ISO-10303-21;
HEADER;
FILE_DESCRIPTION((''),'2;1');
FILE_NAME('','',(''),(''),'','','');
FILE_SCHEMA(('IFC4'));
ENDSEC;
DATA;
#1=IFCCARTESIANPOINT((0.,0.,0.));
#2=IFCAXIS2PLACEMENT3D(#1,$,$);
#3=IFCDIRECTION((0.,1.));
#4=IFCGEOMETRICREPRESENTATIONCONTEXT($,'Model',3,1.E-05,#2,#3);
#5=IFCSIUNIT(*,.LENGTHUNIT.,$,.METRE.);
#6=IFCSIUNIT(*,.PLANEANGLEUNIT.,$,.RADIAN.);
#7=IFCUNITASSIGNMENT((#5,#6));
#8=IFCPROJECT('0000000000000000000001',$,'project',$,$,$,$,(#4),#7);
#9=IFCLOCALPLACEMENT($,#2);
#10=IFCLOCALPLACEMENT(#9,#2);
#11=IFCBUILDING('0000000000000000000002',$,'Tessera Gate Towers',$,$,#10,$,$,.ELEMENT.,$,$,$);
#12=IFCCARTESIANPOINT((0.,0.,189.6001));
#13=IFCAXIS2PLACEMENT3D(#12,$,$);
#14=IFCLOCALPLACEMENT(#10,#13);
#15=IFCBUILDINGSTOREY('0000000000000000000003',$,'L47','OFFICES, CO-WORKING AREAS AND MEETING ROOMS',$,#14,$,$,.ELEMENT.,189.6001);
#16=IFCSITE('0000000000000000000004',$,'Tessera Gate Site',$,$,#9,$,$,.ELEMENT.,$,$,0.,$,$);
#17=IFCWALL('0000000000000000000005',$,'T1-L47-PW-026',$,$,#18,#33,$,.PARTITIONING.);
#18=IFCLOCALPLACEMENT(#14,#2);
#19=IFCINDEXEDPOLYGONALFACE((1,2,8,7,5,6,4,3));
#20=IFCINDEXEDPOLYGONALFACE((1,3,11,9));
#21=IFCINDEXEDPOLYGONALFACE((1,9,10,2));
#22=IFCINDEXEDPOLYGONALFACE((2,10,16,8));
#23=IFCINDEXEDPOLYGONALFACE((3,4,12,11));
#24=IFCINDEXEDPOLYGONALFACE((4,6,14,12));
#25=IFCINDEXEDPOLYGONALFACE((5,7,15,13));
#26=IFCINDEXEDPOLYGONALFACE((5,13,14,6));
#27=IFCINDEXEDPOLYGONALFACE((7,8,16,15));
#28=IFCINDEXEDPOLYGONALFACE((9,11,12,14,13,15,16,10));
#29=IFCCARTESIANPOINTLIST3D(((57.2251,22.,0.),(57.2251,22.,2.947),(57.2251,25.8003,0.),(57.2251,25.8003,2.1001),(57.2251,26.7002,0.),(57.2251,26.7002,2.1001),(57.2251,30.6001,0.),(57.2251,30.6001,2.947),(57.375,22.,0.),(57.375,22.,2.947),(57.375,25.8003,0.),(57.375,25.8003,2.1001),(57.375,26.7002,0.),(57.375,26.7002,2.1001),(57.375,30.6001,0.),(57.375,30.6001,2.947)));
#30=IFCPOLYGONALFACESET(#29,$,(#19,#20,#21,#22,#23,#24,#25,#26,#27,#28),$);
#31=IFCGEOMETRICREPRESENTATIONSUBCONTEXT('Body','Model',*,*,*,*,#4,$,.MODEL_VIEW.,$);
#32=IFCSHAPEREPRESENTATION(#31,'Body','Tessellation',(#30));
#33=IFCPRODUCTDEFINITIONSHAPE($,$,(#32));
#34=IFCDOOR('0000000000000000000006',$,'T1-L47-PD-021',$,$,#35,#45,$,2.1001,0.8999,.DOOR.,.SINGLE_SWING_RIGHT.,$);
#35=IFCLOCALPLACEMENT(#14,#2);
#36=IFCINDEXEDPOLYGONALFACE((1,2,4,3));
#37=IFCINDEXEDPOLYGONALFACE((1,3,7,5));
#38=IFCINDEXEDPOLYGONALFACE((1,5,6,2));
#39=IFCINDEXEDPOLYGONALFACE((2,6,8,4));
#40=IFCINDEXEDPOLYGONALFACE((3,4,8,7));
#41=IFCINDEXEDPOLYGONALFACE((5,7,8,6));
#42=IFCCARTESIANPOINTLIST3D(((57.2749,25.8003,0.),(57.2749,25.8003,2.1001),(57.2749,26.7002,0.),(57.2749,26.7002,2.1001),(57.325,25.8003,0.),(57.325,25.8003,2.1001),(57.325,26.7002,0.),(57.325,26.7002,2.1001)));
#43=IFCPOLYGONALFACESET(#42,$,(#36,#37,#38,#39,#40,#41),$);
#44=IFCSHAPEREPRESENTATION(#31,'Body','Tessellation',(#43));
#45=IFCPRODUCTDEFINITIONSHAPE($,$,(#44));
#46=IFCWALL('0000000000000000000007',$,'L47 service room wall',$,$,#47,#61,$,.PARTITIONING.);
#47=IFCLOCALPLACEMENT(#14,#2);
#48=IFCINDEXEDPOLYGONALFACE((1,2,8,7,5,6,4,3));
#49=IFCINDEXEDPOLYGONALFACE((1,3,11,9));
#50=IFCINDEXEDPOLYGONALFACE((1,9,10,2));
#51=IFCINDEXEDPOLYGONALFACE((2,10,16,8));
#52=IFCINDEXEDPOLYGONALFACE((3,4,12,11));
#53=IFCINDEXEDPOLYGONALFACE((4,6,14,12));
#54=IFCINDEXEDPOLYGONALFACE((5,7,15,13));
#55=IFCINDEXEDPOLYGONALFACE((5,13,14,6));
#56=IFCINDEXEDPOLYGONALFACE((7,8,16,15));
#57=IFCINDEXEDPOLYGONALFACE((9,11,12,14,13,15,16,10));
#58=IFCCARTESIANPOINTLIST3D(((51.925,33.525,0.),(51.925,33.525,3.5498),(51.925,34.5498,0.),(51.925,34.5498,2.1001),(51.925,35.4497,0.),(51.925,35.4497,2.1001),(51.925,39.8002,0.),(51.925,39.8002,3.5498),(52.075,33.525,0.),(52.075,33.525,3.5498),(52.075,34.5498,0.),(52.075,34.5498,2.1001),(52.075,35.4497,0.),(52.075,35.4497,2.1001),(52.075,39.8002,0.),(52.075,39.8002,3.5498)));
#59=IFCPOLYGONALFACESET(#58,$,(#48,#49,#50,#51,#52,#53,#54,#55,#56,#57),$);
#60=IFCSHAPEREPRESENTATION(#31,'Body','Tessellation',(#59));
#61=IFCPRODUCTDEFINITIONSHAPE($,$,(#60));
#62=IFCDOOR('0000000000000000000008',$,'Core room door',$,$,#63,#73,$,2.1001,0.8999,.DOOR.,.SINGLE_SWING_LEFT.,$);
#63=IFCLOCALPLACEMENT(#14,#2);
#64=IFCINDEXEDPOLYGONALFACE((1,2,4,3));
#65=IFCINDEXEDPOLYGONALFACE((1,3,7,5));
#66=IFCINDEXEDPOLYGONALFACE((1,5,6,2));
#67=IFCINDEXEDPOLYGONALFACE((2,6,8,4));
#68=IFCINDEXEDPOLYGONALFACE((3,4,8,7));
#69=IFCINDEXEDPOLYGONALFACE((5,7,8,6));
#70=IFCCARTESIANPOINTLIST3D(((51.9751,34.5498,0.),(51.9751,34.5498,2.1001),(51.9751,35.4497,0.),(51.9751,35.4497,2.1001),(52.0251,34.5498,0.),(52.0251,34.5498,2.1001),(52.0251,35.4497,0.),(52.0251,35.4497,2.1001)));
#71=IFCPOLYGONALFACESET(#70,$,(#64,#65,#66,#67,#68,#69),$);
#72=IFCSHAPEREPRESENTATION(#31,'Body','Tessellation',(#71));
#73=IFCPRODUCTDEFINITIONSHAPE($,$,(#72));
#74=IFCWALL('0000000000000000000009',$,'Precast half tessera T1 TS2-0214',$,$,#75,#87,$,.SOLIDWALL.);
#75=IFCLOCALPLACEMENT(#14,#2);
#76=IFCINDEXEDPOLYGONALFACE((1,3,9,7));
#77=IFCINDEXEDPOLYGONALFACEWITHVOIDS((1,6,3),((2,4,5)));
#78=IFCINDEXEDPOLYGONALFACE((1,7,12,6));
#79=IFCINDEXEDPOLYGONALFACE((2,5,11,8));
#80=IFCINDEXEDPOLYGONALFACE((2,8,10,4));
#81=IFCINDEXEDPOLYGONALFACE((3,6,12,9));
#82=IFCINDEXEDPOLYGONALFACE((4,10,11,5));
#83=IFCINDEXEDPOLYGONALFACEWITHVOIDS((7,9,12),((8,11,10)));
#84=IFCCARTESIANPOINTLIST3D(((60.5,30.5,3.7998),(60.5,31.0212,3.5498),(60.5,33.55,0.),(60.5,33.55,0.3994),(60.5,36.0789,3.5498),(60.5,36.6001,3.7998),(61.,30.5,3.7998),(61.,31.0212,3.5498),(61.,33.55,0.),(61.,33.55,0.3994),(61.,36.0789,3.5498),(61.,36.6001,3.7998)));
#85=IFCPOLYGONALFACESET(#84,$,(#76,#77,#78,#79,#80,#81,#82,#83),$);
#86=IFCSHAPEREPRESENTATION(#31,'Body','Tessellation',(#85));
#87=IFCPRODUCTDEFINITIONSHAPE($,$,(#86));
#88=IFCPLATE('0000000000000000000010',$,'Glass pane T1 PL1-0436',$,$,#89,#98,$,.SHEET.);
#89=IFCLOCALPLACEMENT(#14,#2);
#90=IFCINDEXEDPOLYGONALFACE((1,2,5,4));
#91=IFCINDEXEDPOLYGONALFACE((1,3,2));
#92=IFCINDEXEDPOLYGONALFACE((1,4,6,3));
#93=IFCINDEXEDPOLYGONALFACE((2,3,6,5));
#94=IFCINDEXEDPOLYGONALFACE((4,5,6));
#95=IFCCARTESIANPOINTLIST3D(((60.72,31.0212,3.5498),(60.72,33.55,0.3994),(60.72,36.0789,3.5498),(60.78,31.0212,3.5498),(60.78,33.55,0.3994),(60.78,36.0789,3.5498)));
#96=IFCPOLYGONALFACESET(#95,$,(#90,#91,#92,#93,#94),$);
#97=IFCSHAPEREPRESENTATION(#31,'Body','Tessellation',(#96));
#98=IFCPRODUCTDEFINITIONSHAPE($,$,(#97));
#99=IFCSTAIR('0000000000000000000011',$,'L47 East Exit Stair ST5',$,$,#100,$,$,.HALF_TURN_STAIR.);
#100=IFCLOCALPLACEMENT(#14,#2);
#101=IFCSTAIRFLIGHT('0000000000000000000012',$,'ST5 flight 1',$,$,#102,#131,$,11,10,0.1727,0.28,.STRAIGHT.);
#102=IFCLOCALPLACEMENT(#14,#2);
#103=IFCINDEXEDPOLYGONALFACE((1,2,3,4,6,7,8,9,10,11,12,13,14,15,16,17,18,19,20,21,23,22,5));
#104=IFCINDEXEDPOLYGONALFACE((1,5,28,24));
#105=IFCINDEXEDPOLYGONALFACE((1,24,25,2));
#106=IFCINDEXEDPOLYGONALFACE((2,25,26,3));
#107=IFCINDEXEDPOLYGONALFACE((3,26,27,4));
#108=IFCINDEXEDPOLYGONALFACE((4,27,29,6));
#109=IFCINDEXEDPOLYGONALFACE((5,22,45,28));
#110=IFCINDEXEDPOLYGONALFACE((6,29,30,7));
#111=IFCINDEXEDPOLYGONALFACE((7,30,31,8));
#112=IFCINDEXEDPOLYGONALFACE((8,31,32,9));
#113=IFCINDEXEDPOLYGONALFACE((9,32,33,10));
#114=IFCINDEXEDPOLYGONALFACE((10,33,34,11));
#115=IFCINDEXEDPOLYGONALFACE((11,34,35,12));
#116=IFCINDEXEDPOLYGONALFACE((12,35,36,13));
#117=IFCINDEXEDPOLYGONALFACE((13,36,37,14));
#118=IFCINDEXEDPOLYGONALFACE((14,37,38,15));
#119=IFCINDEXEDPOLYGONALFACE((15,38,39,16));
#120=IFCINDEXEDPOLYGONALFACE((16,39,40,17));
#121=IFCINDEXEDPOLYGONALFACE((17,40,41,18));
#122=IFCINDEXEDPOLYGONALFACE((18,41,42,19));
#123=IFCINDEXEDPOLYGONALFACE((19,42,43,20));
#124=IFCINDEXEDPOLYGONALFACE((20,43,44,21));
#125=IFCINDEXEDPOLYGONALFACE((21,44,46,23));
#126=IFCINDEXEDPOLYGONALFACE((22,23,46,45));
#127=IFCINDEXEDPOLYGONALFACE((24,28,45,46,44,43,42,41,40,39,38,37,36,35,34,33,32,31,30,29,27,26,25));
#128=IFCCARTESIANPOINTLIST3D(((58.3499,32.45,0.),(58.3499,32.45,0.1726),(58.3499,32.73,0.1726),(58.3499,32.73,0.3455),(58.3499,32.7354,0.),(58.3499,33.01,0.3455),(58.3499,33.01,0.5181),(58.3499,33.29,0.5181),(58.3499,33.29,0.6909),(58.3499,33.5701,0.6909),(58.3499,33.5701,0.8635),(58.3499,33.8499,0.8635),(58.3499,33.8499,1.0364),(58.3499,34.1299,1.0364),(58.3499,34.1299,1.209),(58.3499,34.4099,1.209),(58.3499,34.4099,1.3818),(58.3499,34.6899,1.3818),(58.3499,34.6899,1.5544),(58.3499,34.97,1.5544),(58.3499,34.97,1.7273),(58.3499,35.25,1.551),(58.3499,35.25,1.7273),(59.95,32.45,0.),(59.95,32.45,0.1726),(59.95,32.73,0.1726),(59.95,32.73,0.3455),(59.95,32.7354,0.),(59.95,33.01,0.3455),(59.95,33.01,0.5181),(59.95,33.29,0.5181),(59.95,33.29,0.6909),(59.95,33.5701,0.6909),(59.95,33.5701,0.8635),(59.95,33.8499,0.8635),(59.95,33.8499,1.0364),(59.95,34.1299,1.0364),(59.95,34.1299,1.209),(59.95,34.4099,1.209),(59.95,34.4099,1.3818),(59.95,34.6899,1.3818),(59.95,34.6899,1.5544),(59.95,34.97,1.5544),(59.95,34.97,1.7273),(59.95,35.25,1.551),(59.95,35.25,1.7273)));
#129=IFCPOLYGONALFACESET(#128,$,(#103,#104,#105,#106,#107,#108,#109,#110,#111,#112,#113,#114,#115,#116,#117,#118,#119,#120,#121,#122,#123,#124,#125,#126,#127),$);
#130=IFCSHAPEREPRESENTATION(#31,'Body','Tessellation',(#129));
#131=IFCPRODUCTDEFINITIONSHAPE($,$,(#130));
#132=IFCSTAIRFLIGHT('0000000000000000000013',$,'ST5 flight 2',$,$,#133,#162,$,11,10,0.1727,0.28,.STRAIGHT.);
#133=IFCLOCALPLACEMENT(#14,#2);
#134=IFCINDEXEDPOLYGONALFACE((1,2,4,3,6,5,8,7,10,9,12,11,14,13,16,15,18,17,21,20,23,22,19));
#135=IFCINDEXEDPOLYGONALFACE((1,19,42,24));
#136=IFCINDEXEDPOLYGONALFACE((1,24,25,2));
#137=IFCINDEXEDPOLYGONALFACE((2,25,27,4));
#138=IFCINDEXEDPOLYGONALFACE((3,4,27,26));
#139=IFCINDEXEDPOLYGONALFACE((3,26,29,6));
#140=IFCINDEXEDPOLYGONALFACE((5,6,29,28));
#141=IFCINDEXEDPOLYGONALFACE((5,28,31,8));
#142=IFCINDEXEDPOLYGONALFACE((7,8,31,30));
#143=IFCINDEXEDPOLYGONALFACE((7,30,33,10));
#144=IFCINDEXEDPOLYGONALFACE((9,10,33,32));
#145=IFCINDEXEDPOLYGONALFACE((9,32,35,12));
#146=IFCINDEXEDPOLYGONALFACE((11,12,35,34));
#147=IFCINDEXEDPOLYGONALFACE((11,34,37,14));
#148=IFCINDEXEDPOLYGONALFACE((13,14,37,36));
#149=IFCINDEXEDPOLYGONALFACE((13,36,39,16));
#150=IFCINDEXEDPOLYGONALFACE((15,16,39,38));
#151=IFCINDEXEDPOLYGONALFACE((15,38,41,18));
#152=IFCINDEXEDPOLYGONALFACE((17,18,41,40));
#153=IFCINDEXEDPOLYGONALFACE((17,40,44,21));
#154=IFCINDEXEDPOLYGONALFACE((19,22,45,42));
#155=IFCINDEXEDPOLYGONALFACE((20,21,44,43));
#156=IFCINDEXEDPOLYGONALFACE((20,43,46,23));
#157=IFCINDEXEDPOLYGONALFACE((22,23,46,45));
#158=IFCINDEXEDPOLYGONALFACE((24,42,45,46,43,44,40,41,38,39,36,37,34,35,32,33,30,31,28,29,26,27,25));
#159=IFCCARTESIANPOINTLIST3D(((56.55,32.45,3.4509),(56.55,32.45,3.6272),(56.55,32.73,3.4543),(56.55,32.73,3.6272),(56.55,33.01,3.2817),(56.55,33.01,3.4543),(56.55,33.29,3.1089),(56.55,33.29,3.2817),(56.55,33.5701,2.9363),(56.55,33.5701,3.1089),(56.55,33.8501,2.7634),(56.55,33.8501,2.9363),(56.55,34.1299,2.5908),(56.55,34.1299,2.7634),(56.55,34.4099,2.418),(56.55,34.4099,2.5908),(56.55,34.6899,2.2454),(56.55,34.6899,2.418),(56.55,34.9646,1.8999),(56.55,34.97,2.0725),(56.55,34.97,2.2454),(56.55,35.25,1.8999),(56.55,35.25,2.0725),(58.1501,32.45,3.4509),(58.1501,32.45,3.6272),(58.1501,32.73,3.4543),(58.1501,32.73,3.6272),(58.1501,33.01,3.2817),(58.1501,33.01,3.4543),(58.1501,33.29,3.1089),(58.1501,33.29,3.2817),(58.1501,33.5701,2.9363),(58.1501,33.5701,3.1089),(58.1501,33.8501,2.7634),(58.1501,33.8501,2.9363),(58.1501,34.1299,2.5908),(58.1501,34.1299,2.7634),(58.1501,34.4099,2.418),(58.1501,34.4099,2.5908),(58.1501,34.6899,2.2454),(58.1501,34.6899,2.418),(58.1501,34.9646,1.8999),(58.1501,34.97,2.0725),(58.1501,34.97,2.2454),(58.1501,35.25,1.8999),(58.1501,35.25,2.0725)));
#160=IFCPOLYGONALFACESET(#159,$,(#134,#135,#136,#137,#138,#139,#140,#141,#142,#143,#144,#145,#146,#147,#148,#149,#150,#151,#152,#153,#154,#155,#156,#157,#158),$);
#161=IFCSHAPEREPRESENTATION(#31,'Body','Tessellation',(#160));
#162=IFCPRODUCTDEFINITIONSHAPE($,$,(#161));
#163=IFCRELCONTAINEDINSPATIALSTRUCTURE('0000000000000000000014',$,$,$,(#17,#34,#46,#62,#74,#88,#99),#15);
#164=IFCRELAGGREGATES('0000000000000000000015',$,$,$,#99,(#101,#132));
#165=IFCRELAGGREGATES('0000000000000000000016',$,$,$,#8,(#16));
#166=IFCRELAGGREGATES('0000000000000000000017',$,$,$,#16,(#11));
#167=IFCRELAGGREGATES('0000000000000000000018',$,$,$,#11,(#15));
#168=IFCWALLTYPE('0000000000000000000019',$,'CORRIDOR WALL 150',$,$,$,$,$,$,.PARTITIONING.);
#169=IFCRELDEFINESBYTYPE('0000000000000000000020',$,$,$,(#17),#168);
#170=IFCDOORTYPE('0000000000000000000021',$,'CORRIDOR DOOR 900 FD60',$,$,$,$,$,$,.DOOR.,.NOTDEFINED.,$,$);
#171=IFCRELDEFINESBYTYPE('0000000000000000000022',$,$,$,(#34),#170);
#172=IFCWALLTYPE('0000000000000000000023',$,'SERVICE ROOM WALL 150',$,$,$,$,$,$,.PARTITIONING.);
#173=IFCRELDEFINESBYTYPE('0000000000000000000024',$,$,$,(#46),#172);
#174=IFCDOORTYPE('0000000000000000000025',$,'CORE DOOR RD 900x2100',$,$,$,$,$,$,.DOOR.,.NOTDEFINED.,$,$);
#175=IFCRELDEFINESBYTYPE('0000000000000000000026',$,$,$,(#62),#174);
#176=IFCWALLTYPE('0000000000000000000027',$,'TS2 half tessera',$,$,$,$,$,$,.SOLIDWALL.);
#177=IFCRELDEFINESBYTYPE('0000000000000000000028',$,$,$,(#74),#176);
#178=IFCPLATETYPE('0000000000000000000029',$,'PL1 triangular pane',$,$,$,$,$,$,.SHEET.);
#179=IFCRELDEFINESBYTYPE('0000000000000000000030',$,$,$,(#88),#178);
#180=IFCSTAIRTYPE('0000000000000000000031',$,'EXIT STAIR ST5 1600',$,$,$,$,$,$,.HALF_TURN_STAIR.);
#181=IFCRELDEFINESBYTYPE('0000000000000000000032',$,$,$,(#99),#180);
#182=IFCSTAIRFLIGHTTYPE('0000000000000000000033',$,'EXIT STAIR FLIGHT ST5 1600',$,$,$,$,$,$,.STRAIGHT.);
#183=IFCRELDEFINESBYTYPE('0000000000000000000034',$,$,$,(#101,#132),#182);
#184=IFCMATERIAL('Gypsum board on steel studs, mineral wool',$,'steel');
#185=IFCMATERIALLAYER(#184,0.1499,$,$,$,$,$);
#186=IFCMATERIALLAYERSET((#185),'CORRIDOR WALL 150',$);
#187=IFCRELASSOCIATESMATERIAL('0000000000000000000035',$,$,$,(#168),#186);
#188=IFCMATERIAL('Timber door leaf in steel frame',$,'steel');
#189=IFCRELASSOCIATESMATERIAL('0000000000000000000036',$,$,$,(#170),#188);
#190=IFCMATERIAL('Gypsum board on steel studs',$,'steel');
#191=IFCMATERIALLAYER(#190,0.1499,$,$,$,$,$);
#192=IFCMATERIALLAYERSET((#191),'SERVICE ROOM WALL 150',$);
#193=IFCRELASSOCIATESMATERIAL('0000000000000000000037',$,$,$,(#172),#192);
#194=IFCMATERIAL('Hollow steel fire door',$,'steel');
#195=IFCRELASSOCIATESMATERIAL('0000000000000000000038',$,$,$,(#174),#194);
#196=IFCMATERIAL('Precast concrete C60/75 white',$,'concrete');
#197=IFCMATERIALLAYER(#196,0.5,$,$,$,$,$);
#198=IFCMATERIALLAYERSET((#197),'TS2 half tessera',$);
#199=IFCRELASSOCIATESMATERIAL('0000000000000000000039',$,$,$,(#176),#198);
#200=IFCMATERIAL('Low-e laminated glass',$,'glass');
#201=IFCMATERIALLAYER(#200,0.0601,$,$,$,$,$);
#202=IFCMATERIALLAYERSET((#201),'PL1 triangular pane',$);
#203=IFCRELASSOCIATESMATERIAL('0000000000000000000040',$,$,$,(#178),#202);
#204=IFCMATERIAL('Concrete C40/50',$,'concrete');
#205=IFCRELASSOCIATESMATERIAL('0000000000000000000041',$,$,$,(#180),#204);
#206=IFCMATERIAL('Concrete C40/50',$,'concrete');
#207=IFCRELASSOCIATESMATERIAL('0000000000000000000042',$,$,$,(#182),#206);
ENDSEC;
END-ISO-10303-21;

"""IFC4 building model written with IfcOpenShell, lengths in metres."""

from ifc_helpers import new_model, si_unit, direction, frame, frame_2d, origin, place, context, subcontext, project, spatial, polyline, rectangle, outline, extrude, source, transform, mapped, material, layer, layer_set, type_object, element, fill, aggregate, save


model = new_model("IFC4")

# Units and contexts
model_context = context("Model", 3, precision=1e-05, world=origin(), true_north=direction((0.0, 1.0)))
body_context = subcontext(model_context, "Body", "Model", "MODEL_VIEW")
ifc_project = project(units=[si_unit("LENGTHUNIT", "METRE"), si_unit("PLANEANGLEUNIT", "RADIAN")], contexts=[model_context])

# Site, building, storey
site_placement = place(None, origin())
site = spatial("IfcSite", under=ifc_project, at=site_placement, Name="Tessera Gate Site", CompositionType="ELEMENT", RefElevation=0.0)
building_placement = place(site_placement, origin())
building = spatial("IfcBuilding", under=site, at=building_placement, Name="Tessera Gate Towers", CompositionType="ELEMENT")
storey_placement = place(building_placement, frame((0.0, 0.0, 189.6001)))
storey = spatial("IfcBuildingStorey", under=building, at=storey_placement, Name="L47", Description="OFFICES, CO-WORKING AREAS AND MEETING ROOMS", CompositionType="ELEMENT", Elevation=189.6001)

# Walls, openings, doors
ifc_material_1 = material(Name="Gypsum board on steel studs, mineral wool", Category="steel")
ifc_layer_1 = layer(ifc_material_1, 0.1499)
ifc_layer_set_1 = layer_set([ifc_layer_1], Name="CORRIDOR WALL 150")
wall_type_1 = type_object("IfcWallType", Name="CORRIDOR WALL 150", PredefinedType="PARTITIONING", material=ifc_layer_set_1)
wall_1_placement = place(storey_placement, frame((57.3, 30.6001, 0.0), z_axis=(0.0, 0.0, 1.0), x_axis=(0.0, -1.0, 0.0)))
wall_1 = element("IfcWall", 1, at=wall_1_placement, inside=storey, type_object=wall_type_1, Name="T1-L47-PW-026", PredefinedType="PARTITIONING", context=body_context, shape_type="SweptSolid", body=[
    extrude(rectangle(XDim=8.6001, YDim=0.1499, at=frame_2d((4.3, 0.0))), origin(), (0.0, 0.0, 1.0), 2.947),
])
shared_shape_1 = source(origin(), body_context, "Body", "SweptSolid", [
    extrude(rectangle(XDim=0.8999, YDim=2.1001, at=frame_2d((0.45, 1.05))), frame((0.0, 0.085, 0.0), z_axis=(0.0, -1.0, 0.0), x_axis=(1.0, 0.0, 0.0)), (0.0, 0.0, 1.0), 0.1699),
])
opening_1_placement = place(wall_1_placement, frame((3.8999, 0.0, 0.0)))
opening_1 = element("IfcOpeningElement", 2, at=opening_1_placement, cuts=wall_1, PredefinedType="OPENING", context=body_context, shape_type="MappedRepresentation", body=[
    mapped(shared_shape_1, transform((0.0, 0.0, 0.0), scale=1.0)),
])
ifc_material_2 = material(Name="Timber door leaf in steel frame", Category="steel")
door_type_1 = type_object("IfcDoorType", Name="CORRIDOR DOOR 900 FD60", OperationType="NOTDEFINED", PredefinedType="DOOR", material=ifc_material_2)
shared_shape_2 = source(origin(), body_context, "Body", "SweptSolid", [
    extrude(rectangle(XDim=0.8999, YDim=2.1001, at=frame_2d((0.45, 1.05))), frame((0.0, 0.0249, 0.0), z_axis=(0.0, -1.0, 0.0), x_axis=(1.0, 0.0, 0.0)), (0.0, 0.0, 1.0), 0.05),
])
door_1_placement = place(opening_1_placement, origin())
door_1 = element("IfcDoor", 3, at=door_1_placement, inside=storey, type_object=door_type_1, Name="T1-L47-PD-021", OperationType="SINGLE_SWING_RIGHT", OverallHeight=2.1001, OverallWidth=0.8999, PredefinedType="DOOR", context=body_context, shape_type="MappedRepresentation", body=[
    mapped(shared_shape_2, transform((0.0, 0.0, 0.0), scale=1.0)),
])
fill(opening_1, door_1)
ifc_material_3 = material(Name="Gypsum board on steel studs", Category="steel")
ifc_layer_2 = layer(ifc_material_3, 0.1499)
ifc_layer_set_2 = layer_set([ifc_layer_2], Name="SERVICE ROOM WALL 150")
wall_type_2 = type_object("IfcWallType", Name="SERVICE ROOM WALL 150", PredefinedType="PARTITIONING", material=ifc_layer_set_2)
wall_2_placement = place(storey_placement, frame((52.0, 33.5249, 0.0), z_axis=(0.0, 0.0, 1.0), x_axis=(0.0, 1.0, 0.0)))
wall_2 = element("IfcWall", 4, at=wall_2_placement, inside=storey, type_object=wall_type_2, Name="L47 service room wall", PredefinedType="PARTITIONING", context=body_context, shape_type="SweptSolid", body=[
    extrude(rectangle(XDim=6.2751, YDim=0.1499, at=frame_2d((3.1377, 0.0))), origin(), (0.0, 0.0, 1.0), 3.5498),
])
opening_2_placement = place(wall_2_placement, frame((1.0249, 0.0, 0.0)))
opening_2 = element("IfcOpeningElement", 5, at=opening_2_placement, cuts=wall_2, PredefinedType="OPENING", context=body_context, shape_type="MappedRepresentation", body=[
    mapped(shared_shape_1, transform((0.0, 0.0, 0.0), scale=1.0)),
])
ifc_material_4 = material(Name="Hollow steel fire door", Category="steel")
door_type_2 = type_object("IfcDoorType", Name="CORE DOOR RD 900x2100", OperationType="NOTDEFINED", PredefinedType="DOOR", material=ifc_material_4)
door_2_placement = place(opening_2_placement, origin())
door_2 = element("IfcDoor", 6, at=door_2_placement, inside=storey, type_object=door_type_2, Name="Core room door", OperationType="SINGLE_SWING_LEFT", OverallHeight=2.1001, OverallWidth=0.8999, PredefinedType="DOOR", context=body_context, shape_type="MappedRepresentation", body=[
    mapped(shared_shape_2, transform((0.0, 0.0, 0.0), scale=1.0)),
])
fill(opening_2, door_2)

# Wall, opening, plate
ifc_material_5 = material(Name="Precast concrete C60/75 white", Category="concrete")
ifc_layer_3 = layer(ifc_material_5, 0.5)
ifc_layer_set_3 = layer_set([ifc_layer_3], Name="TS2 half tessera")
wall_type_3 = type_object("IfcWallType", Name="TS2 half tessera", PredefinedType="SOLIDWALL", material=ifc_layer_set_3)
shared_shape_3 = source(origin(), body_context, "Body", "SweptSolid", [
    extrude(outline(polyline([(3.05, 0.0), (6.1001, 3.7998), (0.0, 3.7998), (3.05, 0.0)])), frame((0.0, 0.25, 0.0), z_axis=(0.0, -1.0, 0.0), x_axis=(1.0, 0.0, 0.0)), (0.0, 0.0, 1.0), 0.5),
])
wall_3_placement = place(storey_placement, frame((60.75, 30.5, 0.0), z_axis=(0.0, 0.0, 1.0), x_axis=(0.0, 1.0, 0.0)))
wall_3 = element("IfcWall", 7, at=wall_3_placement, inside=storey, type_object=wall_type_3, Name="Precast half tessera T1 TS2-0214", PredefinedType="SOLIDWALL", context=body_context, shape_type="MappedRepresentation", body=[
    mapped(shared_shape_3, transform((0.0, 0.0, 0.0), scale=1.0)),
])
shared_shape_4 = source(origin(), body_context, "Body", "SweptSolid", [
    extrude(outline(polyline([(3.05, 0.3994), (5.5789, 3.5498), (0.5212, 3.5498), (3.05, 0.3994)])), frame((0.0, 0.26, 0.0), z_axis=(0.0, -1.0, 0.0), x_axis=(1.0, 0.0, 0.0)), (0.0, 0.0, 1.0), 0.52),
])
opening_3_placement = place(wall_3_placement, origin())
opening_3 = element("IfcOpeningElement", 8, at=opening_3_placement, cuts=wall_3, PredefinedType="OPENING", context=body_context, shape_type="MappedRepresentation", body=[
    mapped(shared_shape_4, transform((0.0, 0.0, 0.0), scale=1.0)),
])
ifc_material_6 = material(Name="Low-e laminated glass", Category="glass")
ifc_layer_4 = layer(ifc_material_6, 0.0601)
ifc_layer_set_4 = layer_set([ifc_layer_4], Name="PL1 triangular pane")
plate_type = type_object("IfcPlateType", Name="PL1 triangular pane", PredefinedType="SHEET", material=ifc_layer_set_4)
shared_shape_5 = source(origin(), body_context, "Body", "SweptSolid", [
    extrude(outline(polyline([(3.05, 0.3994), (5.5789, 3.5498), (0.5212, 3.5498), (3.05, 0.3994)])), frame((0.0, 0.03, 0.0), z_axis=(0.0, -1.0, 0.0), x_axis=(1.0, 0.0, 0.0)), (0.0, 0.0, 1.0), 0.0601),
])
plate_placement = place(opening_3_placement, origin())
plate = element("IfcPlate", 9, at=plate_placement, inside=storey, type_object=plate_type, Name="Glass pane T1 PL1-0436", PredefinedType="SHEET", context=body_context, shape_type="MappedRepresentation", body=[
    mapped(shared_shape_5, transform((0.0, 0.0, 0.0), scale=1.0)),
])
fill(opening_3, plate)

# Stair, stair flights
ifc_material_7 = material(Name="Concrete C40/50", Category="concrete")
stair_type = type_object("IfcStairType", Name="EXIT STAIR ST5 1600", PredefinedType="HALF_TURN_STAIR", material=ifc_material_7)
stair_placement = place(storey_placement, origin())
stair = element("IfcStair", 10, at=stair_placement, inside=storey, type_object=stair_type, Name="L47 East Exit Stair ST5", PredefinedType="HALF_TURN_STAIR")
ifc_material_8 = material(Name="Concrete C40/50", Category="concrete")
stair_flight_type = type_object("IfcStairFlightType", Name="EXIT STAIR FLIGHT ST5 1600", PredefinedType="STRAIGHT", material=ifc_material_8)
stair_flight_1_placement = place(storey_placement, frame((59.1499, 32.45, 0.0), z_axis=(0.0, 0.0, 1.0), x_axis=(0.0, 1.0, 0.0)))
stair_flight_1 = element("IfcStairFlight", 11, at=stair_flight_1_placement, type_object=stair_flight_type, Name="ST5 flight 1", NumberOfRisers=11, NumberOfTreads=10, PredefinedType="STRAIGHT", RiserHeight=0.1727, TreadLength=0.28, context=body_context, shape_type="SweptSolid", body=[
    extrude(outline(polyline([(0.0, 0.0), (0.0, 0.1726), (0.28, 0.1726), (0.28, 0.3455), (0.5601, 0.3455), (0.5601, 0.5181), (0.8401, 0.5181), (0.8401, 0.6909), (1.1201, 0.6909), (1.1201, 0.8635), (1.3999, 0.8635), (1.3999, 1.0364), (1.6799, 1.0364), (1.6799, 1.209), (1.96, 1.209), (1.96, 1.3818), (2.24, 1.3818), (2.24, 1.5544), (2.52, 1.5544), (2.52, 1.7273), (2.8, 1.7273), (2.8, 1.8999), (2.8, 1.551), (0.2854, 0.0), (0.0, 0.0)])), frame((0.0, 0.8, 0.0), z_axis=(0.0, -1.0, 0.0), x_axis=(1.0, 0.0, 0.0)), (0.0, 0.0, 1.0), 1.6001),
])
stair_flight_2_placement = place(storey_placement, frame((57.3501, 35.25, 1.8999), z_axis=(0.0, 0.0, 1.0), x_axis=(0.0, -1.0, 0.0)))
stair_flight_2 = element("IfcStairFlight", 12, at=stair_flight_2_placement, type_object=stair_flight_type, Name="ST5 flight 2", NumberOfRisers=11, NumberOfTreads=10, PredefinedType="STRAIGHT", RiserHeight=0.1727, TreadLength=0.28, context=body_context, shape_type="SweptSolid", body=[
    extrude(outline(polyline([(0.0, 0.0), (0.0, 0.1726), (0.28, 0.1726), (0.28, 0.3455), (0.5601, 0.3455), (0.5601, 0.5181), (0.8401, 0.5181), (0.8401, 0.6909), (1.1201, 0.6909), (1.1201, 0.8635), (1.3999, 0.8635), (1.3999, 1.0364), (1.6799, 1.0364), (1.6799, 1.209), (1.96, 1.209), (1.96, 1.3818), (2.24, 1.3818), (2.24, 1.5544), (2.52, 1.5544), (2.52, 1.7273), (2.8, 1.7273), (2.8, 1.8999), (2.8, 1.551), (0.2854, 0.0), (0.0, 0.0)])), frame((0.0, 0.8, 0.0), z_axis=(0.0, -1.0, 0.0), x_axis=(1.0, 0.0, 0.0)), (0.0, 0.0, 1.0), 1.6001),
])
aggregate(stair, [stair_flight_1, stair_flight_2])

save(model, "model.ifc")
